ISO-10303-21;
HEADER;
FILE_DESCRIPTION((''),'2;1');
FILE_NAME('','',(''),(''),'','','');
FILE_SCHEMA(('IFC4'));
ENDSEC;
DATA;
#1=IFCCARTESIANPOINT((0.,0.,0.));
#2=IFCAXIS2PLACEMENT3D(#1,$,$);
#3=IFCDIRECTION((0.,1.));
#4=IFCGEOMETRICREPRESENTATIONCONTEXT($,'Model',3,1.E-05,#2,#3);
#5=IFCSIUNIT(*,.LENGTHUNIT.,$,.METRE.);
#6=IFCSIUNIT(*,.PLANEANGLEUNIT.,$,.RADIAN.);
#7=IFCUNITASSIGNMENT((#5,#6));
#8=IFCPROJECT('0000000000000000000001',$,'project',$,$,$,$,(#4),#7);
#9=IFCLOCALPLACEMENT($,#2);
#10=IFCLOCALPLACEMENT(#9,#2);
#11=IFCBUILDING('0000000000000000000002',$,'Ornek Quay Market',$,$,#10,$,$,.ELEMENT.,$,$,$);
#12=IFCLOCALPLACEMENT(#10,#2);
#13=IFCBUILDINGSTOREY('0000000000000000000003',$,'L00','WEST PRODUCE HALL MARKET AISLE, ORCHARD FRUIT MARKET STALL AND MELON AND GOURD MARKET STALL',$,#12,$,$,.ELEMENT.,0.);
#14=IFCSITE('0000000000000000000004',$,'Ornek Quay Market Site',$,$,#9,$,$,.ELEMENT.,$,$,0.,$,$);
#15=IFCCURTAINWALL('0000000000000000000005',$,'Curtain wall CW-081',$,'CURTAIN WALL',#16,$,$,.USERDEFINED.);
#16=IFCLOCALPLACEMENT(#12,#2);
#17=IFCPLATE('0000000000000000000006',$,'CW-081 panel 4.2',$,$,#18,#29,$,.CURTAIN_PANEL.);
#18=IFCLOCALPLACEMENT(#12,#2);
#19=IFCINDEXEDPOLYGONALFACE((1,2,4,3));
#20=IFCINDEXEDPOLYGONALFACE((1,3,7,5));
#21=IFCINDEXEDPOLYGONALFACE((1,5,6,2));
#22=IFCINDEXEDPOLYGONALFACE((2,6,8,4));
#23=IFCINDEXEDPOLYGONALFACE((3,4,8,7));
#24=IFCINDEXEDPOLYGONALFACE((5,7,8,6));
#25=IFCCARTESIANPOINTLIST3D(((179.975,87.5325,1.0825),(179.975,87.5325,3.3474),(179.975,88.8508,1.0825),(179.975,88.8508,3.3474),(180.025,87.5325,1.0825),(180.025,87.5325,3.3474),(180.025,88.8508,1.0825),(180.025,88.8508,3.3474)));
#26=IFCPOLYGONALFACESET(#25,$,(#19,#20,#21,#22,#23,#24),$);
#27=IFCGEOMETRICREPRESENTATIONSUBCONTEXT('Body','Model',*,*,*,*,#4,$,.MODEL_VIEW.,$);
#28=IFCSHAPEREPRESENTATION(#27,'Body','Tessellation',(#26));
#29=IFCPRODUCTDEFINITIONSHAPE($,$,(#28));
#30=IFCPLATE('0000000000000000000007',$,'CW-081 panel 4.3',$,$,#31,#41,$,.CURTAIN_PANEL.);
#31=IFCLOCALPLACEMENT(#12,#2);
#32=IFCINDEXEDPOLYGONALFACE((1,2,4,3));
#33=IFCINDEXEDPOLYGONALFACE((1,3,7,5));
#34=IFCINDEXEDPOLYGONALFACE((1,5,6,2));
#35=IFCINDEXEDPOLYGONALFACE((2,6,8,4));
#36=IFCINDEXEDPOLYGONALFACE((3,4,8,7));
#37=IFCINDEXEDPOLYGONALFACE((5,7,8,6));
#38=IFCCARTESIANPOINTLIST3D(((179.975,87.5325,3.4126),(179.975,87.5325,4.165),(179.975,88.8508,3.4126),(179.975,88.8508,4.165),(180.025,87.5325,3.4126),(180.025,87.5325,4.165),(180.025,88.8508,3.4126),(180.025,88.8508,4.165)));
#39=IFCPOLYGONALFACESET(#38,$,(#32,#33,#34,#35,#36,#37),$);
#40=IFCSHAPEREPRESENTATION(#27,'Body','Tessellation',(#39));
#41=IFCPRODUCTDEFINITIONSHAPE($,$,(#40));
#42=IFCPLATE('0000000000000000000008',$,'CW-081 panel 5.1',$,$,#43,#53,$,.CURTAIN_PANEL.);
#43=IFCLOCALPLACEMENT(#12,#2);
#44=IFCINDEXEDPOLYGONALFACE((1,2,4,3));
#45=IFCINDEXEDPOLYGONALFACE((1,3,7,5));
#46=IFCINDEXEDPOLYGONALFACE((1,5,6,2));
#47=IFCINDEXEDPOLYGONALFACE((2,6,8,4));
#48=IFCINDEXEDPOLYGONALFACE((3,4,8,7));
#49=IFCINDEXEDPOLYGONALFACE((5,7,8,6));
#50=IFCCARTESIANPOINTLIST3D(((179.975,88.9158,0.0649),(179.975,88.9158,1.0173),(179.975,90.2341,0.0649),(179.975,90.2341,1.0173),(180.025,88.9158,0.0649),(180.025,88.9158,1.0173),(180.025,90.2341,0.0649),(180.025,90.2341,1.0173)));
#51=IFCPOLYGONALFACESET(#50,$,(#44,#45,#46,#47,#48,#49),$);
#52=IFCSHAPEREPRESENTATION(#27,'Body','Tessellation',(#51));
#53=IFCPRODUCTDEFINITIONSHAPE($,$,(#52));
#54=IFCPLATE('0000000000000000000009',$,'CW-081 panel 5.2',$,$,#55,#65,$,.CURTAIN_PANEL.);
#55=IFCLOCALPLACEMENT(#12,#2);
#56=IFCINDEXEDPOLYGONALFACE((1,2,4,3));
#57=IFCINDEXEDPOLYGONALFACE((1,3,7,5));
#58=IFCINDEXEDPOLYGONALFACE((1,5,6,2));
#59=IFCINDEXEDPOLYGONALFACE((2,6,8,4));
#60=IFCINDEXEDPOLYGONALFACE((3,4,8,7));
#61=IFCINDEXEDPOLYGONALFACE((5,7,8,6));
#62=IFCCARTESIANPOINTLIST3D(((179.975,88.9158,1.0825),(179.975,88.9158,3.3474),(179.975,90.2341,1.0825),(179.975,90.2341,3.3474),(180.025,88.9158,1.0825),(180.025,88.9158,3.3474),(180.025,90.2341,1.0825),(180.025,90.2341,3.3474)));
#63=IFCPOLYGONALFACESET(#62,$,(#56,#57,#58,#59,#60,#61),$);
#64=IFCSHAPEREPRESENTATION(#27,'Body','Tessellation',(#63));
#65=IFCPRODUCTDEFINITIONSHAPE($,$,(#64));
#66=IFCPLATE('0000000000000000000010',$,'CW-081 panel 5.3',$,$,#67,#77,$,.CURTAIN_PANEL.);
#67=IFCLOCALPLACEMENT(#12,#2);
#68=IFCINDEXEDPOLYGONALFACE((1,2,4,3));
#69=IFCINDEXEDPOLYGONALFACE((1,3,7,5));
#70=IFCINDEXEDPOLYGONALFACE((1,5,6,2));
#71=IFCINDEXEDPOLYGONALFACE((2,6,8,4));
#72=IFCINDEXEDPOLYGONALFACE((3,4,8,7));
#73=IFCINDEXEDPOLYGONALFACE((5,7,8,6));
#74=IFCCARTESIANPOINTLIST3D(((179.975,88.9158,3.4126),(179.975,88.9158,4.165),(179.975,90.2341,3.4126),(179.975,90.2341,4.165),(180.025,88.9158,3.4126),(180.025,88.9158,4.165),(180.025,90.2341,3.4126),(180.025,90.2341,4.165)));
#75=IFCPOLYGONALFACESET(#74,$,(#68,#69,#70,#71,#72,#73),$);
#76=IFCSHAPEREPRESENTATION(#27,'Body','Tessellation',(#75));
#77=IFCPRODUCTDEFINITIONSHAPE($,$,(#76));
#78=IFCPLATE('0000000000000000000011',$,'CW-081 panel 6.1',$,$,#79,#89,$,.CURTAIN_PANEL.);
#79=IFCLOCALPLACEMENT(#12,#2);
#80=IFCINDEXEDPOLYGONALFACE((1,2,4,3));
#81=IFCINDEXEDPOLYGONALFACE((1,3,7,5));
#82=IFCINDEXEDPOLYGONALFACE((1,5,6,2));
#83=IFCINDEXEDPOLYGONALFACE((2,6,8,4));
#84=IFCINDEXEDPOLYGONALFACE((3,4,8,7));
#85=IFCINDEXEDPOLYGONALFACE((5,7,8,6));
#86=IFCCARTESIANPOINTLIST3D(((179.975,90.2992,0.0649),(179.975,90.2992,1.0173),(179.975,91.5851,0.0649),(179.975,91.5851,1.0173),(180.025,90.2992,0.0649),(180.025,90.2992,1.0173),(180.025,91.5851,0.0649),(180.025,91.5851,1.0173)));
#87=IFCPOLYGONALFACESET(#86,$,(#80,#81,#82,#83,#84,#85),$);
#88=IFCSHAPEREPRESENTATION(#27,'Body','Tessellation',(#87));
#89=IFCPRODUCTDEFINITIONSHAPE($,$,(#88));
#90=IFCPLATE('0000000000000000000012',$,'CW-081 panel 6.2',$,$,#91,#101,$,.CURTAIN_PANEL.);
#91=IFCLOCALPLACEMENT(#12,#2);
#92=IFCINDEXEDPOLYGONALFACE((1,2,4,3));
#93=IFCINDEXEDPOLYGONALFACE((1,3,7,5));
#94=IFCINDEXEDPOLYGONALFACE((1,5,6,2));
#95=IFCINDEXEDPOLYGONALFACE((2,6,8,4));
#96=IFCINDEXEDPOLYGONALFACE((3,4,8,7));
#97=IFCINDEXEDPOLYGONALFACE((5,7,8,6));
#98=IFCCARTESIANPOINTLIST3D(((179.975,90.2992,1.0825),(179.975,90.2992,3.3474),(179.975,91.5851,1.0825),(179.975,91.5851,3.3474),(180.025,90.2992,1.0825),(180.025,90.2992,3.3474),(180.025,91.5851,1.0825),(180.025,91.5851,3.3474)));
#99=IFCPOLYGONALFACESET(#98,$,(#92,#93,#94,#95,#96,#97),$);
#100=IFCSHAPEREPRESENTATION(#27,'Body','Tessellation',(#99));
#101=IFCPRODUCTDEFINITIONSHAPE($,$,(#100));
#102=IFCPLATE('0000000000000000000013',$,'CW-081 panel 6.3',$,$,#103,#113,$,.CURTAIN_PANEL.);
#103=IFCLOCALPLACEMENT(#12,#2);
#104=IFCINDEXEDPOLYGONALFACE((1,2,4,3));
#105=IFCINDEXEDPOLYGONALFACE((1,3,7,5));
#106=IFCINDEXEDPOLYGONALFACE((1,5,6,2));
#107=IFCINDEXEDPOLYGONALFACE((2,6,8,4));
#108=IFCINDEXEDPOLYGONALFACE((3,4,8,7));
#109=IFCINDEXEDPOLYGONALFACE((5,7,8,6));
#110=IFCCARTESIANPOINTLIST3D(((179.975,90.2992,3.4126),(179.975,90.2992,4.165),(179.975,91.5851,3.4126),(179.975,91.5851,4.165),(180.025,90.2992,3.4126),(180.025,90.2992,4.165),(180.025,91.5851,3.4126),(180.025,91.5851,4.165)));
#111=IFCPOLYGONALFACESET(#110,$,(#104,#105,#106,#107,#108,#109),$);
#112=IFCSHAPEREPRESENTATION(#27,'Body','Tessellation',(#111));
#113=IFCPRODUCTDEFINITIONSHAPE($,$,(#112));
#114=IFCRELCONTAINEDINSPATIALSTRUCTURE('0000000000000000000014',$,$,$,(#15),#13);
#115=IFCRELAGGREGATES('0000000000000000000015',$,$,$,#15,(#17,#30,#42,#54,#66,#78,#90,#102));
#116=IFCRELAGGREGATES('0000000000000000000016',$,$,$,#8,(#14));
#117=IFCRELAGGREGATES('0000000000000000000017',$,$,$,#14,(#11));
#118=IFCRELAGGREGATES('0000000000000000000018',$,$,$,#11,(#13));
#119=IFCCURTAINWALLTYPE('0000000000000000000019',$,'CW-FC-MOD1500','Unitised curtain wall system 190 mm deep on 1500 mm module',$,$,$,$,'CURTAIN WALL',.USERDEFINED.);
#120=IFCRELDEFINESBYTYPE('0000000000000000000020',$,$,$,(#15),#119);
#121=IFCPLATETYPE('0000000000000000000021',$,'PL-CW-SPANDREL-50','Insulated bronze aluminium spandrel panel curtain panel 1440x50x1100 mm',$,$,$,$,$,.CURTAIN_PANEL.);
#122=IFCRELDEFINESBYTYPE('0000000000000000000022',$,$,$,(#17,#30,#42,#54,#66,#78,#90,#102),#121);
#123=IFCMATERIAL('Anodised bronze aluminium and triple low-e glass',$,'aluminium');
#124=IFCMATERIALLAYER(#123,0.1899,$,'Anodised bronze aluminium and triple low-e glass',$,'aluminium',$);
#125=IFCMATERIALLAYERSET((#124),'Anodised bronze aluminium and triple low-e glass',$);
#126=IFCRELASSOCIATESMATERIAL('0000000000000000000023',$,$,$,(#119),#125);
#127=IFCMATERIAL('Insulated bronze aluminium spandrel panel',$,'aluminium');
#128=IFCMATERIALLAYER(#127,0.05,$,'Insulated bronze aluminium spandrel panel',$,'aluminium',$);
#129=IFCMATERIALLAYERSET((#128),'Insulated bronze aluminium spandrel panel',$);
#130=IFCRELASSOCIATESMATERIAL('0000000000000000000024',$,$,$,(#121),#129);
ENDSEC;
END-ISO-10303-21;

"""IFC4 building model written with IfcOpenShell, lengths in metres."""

from ifc_helpers import new_model, si_unit, direction, frame, origin, origin_2d, place, context, subcontext, project, spatial, rectangle, extrude, material, layer, layer_set, type_object, element, aggregate, save


model = new_model("IFC4")

# Units and contexts
model_context = context("Model", 3, precision=1e-05, world=origin(), true_north=direction((0.0, 1.0)))
body_context = subcontext(model_context, "Body", "Model", "MODEL_VIEW")
ifc_project = project(units=[si_unit("LENGTHUNIT", "METRE"), si_unit("PLANEANGLEUNIT", "RADIAN")], contexts=[model_context])

# Site, building, storey
site_placement = place(None, origin())
site = spatial("IfcSite", under=ifc_project, at=site_placement, Name="Ornek Quay Market Site", CompositionType="ELEMENT", RefElevation=0.0)
building_placement = place(site_placement, origin())
building = spatial("IfcBuilding", under=site, at=building_placement, Name="Ornek Quay Market", CompositionType="ELEMENT")
storey_placement = place(building_placement, origin())
storey = spatial("IfcBuildingStorey", under=building, at=storey_placement, Name="L00", Description="WEST PRODUCE HALL MARKET AISLE, ORCHARD FRUIT MARKET STALL AND MELON AND GOURD MARKET STALL", CompositionType="ELEMENT", Elevation=0.0)

# Curtain wall, plates
ifc_material_1 = material(Name="Anodised bronze aluminium and triple low-e glass", Category="aluminium")
ifc_layer_1 = layer(ifc_material_1, 0.1899, Name="Anodised bronze aluminium and triple low-e glass", Category="aluminium")
ifc_layer_set_1 = layer_set([ifc_layer_1], Name="Anodised bronze aluminium and triple low-e glass")
curtain_wall_type = type_object("IfcCurtainWallType", Name="CW-FC-MOD1500", Description="Unitised curtain wall system 190 mm deep on 1500 mm module", ElementType="CURTAIN WALL", PredefinedType="USERDEFINED", material=ifc_layer_set_1)
curtain_wall_placement = place(storey_placement, origin())
curtain_wall = element("IfcCurtainWall", 1, at=curtain_wall_placement, inside=storey, type_object=curtain_wall_type, Name="Curtain wall CW-081", ObjectType="CURTAIN WALL", PredefinedType="USERDEFINED")
ifc_material_2 = material(Name="Insulated bronze aluminium spandrel panel", Category="aluminium")
ifc_layer_2 = layer(ifc_material_2, 0.05, Name="Insulated bronze aluminium spandrel panel", Category="aluminium")
ifc_layer_set_2 = layer_set([ifc_layer_2], Name="Insulated bronze aluminium spandrel panel")
plate_type = type_object("IfcPlateType", Name="PL-CW-SPANDREL-50", Description="Insulated bronze aluminium spandrel panel curtain panel 1440x50x1100 mm", PredefinedType="CURTAIN_PANEL", material=ifc_layer_set_2)
plate_1_placement = place(storey_placement, frame((180.0, 88.1917, 1.0825), z_axis=(0.0, 0.0, 1.0), x_axis=(0.0, 1.0, 0.0)))
plate_1 = element("IfcPlate", 2, at=plate_1_placement, type_object=plate_type, Name="CW-081 panel 4.2", PredefinedType="CURTAIN_PANEL", context=body_context, shape_type="SweptSolid", body=[
    extrude(rectangle(XDim=1.3184, YDim=0.05, at=origin_2d()), origin(), (0.0, 0.0, 1.0), 2.2649),
])
plate_2_placement = place(storey_placement, frame((180.0, 88.1917, 3.4126), z_axis=(0.0, 0.0, 1.0), x_axis=(0.0, 1.0, 0.0)))
plate_2 = element("IfcPlate", 3, at=plate_2_placement, type_object=plate_type, Name="CW-081 panel 4.3", PredefinedType="CURTAIN_PANEL", context=body_context, shape_type="SweptSolid", body=[
    extrude(rectangle(XDim=1.3184, YDim=0.05, at=origin_2d()), origin(), (0.0, 0.0, 1.0), 0.7524),
])
plate_3_placement = place(storey_placement, frame((180.0, 89.575, 0.0649), z_axis=(0.0, 0.0, 1.0), x_axis=(0.0, 1.0, 0.0)))
plate_3 = element("IfcPlate", 4, at=plate_3_placement, type_object=plate_type, Name="CW-081 panel 5.1", PredefinedType="CURTAIN_PANEL", context=body_context, shape_type="SweptSolid", body=[
    extrude(rectangle(XDim=1.3184, YDim=0.05, at=origin_2d()), origin(), (0.0, 0.0, 1.0), 0.9524),
])
plate_4_placement = place(storey_placement, frame((180.0, 89.575, 1.0825), z_axis=(0.0, 0.0, 1.0), x_axis=(0.0, 1.0, 0.0)))
plate_4 = element("IfcPlate", 5, at=plate_4_placement, type_object=plate_type, Name="CW-081 panel 5.2", PredefinedType="CURTAIN_PANEL", context=body_context, shape_type="SweptSolid", body=[
    extrude(rectangle(XDim=1.3184, YDim=0.05, at=origin_2d()), origin(), (0.0, 0.0, 1.0), 2.2649),
])
plate_5_placement = place(storey_placement, frame((180.0, 89.575, 3.4126), z_axis=(0.0, 0.0, 1.0), x_axis=(0.0, 1.0, 0.0)))
plate_5 = element("IfcPlate", 6, at=plate_5_placement, type_object=plate_type, Name="CW-081 panel 5.3", PredefinedType="CURTAIN_PANEL", context=body_context, shape_type="SweptSolid", body=[
    extrude(rectangle(XDim=1.3184, YDim=0.05, at=origin_2d()), origin(), (0.0, 0.0, 1.0), 0.7524),
])
plate_6_placement = place(storey_placement, frame((180.0, 90.9421, 0.0649), z_axis=(0.0, 0.0, 1.0), x_axis=(0.0, 1.0, 0.0)))
plate_6 = element("IfcPlate", 7, at=plate_6_placement, type_object=plate_type, Name="CW-081 panel 6.1", PredefinedType="CURTAIN_PANEL", context=body_context, shape_type="SweptSolid", body=[
    extrude(rectangle(XDim=1.2859, YDim=0.05, at=origin_2d()), origin(), (0.0, 0.0, 1.0), 0.9524),
])
plate_7_placement = place(storey_placement, frame((180.0, 90.9421, 1.0825), z_axis=(0.0, 0.0, 1.0), x_axis=(0.0, 1.0, 0.0)))
plate_7 = element("IfcPlate", 8, at=plate_7_placement, type_object=plate_type, Name="CW-081 panel 6.2", PredefinedType="CURTAIN_PANEL", context=body_context, shape_type="SweptSolid", body=[
    extrude(rectangle(XDim=1.2859, YDim=0.05, at=origin_2d()), origin(), (0.0, 0.0, 1.0), 2.2649),
])
plate_8_placement = place(storey_placement, frame((180.0, 90.9421, 3.4126), z_axis=(0.0, 0.0, 1.0), x_axis=(0.0, 1.0, 0.0)))
plate_8 = element("IfcPlate", 9, at=plate_8_placement, type_object=plate_type, Name="CW-081 panel 6.3", PredefinedType="CURTAIN_PANEL", context=body_context, shape_type="SweptSolid", body=[
    extrude(rectangle(XDim=1.2859, YDim=0.05, at=origin_2d()), origin(), (0.0, 0.0, 1.0), 0.7524),
])
aggregate(curtain_wall, [plate_1, plate_2, plate_3, plate_4, plate_5, plate_6, plate_7, plate_8])

save(model, "model.ifc")
